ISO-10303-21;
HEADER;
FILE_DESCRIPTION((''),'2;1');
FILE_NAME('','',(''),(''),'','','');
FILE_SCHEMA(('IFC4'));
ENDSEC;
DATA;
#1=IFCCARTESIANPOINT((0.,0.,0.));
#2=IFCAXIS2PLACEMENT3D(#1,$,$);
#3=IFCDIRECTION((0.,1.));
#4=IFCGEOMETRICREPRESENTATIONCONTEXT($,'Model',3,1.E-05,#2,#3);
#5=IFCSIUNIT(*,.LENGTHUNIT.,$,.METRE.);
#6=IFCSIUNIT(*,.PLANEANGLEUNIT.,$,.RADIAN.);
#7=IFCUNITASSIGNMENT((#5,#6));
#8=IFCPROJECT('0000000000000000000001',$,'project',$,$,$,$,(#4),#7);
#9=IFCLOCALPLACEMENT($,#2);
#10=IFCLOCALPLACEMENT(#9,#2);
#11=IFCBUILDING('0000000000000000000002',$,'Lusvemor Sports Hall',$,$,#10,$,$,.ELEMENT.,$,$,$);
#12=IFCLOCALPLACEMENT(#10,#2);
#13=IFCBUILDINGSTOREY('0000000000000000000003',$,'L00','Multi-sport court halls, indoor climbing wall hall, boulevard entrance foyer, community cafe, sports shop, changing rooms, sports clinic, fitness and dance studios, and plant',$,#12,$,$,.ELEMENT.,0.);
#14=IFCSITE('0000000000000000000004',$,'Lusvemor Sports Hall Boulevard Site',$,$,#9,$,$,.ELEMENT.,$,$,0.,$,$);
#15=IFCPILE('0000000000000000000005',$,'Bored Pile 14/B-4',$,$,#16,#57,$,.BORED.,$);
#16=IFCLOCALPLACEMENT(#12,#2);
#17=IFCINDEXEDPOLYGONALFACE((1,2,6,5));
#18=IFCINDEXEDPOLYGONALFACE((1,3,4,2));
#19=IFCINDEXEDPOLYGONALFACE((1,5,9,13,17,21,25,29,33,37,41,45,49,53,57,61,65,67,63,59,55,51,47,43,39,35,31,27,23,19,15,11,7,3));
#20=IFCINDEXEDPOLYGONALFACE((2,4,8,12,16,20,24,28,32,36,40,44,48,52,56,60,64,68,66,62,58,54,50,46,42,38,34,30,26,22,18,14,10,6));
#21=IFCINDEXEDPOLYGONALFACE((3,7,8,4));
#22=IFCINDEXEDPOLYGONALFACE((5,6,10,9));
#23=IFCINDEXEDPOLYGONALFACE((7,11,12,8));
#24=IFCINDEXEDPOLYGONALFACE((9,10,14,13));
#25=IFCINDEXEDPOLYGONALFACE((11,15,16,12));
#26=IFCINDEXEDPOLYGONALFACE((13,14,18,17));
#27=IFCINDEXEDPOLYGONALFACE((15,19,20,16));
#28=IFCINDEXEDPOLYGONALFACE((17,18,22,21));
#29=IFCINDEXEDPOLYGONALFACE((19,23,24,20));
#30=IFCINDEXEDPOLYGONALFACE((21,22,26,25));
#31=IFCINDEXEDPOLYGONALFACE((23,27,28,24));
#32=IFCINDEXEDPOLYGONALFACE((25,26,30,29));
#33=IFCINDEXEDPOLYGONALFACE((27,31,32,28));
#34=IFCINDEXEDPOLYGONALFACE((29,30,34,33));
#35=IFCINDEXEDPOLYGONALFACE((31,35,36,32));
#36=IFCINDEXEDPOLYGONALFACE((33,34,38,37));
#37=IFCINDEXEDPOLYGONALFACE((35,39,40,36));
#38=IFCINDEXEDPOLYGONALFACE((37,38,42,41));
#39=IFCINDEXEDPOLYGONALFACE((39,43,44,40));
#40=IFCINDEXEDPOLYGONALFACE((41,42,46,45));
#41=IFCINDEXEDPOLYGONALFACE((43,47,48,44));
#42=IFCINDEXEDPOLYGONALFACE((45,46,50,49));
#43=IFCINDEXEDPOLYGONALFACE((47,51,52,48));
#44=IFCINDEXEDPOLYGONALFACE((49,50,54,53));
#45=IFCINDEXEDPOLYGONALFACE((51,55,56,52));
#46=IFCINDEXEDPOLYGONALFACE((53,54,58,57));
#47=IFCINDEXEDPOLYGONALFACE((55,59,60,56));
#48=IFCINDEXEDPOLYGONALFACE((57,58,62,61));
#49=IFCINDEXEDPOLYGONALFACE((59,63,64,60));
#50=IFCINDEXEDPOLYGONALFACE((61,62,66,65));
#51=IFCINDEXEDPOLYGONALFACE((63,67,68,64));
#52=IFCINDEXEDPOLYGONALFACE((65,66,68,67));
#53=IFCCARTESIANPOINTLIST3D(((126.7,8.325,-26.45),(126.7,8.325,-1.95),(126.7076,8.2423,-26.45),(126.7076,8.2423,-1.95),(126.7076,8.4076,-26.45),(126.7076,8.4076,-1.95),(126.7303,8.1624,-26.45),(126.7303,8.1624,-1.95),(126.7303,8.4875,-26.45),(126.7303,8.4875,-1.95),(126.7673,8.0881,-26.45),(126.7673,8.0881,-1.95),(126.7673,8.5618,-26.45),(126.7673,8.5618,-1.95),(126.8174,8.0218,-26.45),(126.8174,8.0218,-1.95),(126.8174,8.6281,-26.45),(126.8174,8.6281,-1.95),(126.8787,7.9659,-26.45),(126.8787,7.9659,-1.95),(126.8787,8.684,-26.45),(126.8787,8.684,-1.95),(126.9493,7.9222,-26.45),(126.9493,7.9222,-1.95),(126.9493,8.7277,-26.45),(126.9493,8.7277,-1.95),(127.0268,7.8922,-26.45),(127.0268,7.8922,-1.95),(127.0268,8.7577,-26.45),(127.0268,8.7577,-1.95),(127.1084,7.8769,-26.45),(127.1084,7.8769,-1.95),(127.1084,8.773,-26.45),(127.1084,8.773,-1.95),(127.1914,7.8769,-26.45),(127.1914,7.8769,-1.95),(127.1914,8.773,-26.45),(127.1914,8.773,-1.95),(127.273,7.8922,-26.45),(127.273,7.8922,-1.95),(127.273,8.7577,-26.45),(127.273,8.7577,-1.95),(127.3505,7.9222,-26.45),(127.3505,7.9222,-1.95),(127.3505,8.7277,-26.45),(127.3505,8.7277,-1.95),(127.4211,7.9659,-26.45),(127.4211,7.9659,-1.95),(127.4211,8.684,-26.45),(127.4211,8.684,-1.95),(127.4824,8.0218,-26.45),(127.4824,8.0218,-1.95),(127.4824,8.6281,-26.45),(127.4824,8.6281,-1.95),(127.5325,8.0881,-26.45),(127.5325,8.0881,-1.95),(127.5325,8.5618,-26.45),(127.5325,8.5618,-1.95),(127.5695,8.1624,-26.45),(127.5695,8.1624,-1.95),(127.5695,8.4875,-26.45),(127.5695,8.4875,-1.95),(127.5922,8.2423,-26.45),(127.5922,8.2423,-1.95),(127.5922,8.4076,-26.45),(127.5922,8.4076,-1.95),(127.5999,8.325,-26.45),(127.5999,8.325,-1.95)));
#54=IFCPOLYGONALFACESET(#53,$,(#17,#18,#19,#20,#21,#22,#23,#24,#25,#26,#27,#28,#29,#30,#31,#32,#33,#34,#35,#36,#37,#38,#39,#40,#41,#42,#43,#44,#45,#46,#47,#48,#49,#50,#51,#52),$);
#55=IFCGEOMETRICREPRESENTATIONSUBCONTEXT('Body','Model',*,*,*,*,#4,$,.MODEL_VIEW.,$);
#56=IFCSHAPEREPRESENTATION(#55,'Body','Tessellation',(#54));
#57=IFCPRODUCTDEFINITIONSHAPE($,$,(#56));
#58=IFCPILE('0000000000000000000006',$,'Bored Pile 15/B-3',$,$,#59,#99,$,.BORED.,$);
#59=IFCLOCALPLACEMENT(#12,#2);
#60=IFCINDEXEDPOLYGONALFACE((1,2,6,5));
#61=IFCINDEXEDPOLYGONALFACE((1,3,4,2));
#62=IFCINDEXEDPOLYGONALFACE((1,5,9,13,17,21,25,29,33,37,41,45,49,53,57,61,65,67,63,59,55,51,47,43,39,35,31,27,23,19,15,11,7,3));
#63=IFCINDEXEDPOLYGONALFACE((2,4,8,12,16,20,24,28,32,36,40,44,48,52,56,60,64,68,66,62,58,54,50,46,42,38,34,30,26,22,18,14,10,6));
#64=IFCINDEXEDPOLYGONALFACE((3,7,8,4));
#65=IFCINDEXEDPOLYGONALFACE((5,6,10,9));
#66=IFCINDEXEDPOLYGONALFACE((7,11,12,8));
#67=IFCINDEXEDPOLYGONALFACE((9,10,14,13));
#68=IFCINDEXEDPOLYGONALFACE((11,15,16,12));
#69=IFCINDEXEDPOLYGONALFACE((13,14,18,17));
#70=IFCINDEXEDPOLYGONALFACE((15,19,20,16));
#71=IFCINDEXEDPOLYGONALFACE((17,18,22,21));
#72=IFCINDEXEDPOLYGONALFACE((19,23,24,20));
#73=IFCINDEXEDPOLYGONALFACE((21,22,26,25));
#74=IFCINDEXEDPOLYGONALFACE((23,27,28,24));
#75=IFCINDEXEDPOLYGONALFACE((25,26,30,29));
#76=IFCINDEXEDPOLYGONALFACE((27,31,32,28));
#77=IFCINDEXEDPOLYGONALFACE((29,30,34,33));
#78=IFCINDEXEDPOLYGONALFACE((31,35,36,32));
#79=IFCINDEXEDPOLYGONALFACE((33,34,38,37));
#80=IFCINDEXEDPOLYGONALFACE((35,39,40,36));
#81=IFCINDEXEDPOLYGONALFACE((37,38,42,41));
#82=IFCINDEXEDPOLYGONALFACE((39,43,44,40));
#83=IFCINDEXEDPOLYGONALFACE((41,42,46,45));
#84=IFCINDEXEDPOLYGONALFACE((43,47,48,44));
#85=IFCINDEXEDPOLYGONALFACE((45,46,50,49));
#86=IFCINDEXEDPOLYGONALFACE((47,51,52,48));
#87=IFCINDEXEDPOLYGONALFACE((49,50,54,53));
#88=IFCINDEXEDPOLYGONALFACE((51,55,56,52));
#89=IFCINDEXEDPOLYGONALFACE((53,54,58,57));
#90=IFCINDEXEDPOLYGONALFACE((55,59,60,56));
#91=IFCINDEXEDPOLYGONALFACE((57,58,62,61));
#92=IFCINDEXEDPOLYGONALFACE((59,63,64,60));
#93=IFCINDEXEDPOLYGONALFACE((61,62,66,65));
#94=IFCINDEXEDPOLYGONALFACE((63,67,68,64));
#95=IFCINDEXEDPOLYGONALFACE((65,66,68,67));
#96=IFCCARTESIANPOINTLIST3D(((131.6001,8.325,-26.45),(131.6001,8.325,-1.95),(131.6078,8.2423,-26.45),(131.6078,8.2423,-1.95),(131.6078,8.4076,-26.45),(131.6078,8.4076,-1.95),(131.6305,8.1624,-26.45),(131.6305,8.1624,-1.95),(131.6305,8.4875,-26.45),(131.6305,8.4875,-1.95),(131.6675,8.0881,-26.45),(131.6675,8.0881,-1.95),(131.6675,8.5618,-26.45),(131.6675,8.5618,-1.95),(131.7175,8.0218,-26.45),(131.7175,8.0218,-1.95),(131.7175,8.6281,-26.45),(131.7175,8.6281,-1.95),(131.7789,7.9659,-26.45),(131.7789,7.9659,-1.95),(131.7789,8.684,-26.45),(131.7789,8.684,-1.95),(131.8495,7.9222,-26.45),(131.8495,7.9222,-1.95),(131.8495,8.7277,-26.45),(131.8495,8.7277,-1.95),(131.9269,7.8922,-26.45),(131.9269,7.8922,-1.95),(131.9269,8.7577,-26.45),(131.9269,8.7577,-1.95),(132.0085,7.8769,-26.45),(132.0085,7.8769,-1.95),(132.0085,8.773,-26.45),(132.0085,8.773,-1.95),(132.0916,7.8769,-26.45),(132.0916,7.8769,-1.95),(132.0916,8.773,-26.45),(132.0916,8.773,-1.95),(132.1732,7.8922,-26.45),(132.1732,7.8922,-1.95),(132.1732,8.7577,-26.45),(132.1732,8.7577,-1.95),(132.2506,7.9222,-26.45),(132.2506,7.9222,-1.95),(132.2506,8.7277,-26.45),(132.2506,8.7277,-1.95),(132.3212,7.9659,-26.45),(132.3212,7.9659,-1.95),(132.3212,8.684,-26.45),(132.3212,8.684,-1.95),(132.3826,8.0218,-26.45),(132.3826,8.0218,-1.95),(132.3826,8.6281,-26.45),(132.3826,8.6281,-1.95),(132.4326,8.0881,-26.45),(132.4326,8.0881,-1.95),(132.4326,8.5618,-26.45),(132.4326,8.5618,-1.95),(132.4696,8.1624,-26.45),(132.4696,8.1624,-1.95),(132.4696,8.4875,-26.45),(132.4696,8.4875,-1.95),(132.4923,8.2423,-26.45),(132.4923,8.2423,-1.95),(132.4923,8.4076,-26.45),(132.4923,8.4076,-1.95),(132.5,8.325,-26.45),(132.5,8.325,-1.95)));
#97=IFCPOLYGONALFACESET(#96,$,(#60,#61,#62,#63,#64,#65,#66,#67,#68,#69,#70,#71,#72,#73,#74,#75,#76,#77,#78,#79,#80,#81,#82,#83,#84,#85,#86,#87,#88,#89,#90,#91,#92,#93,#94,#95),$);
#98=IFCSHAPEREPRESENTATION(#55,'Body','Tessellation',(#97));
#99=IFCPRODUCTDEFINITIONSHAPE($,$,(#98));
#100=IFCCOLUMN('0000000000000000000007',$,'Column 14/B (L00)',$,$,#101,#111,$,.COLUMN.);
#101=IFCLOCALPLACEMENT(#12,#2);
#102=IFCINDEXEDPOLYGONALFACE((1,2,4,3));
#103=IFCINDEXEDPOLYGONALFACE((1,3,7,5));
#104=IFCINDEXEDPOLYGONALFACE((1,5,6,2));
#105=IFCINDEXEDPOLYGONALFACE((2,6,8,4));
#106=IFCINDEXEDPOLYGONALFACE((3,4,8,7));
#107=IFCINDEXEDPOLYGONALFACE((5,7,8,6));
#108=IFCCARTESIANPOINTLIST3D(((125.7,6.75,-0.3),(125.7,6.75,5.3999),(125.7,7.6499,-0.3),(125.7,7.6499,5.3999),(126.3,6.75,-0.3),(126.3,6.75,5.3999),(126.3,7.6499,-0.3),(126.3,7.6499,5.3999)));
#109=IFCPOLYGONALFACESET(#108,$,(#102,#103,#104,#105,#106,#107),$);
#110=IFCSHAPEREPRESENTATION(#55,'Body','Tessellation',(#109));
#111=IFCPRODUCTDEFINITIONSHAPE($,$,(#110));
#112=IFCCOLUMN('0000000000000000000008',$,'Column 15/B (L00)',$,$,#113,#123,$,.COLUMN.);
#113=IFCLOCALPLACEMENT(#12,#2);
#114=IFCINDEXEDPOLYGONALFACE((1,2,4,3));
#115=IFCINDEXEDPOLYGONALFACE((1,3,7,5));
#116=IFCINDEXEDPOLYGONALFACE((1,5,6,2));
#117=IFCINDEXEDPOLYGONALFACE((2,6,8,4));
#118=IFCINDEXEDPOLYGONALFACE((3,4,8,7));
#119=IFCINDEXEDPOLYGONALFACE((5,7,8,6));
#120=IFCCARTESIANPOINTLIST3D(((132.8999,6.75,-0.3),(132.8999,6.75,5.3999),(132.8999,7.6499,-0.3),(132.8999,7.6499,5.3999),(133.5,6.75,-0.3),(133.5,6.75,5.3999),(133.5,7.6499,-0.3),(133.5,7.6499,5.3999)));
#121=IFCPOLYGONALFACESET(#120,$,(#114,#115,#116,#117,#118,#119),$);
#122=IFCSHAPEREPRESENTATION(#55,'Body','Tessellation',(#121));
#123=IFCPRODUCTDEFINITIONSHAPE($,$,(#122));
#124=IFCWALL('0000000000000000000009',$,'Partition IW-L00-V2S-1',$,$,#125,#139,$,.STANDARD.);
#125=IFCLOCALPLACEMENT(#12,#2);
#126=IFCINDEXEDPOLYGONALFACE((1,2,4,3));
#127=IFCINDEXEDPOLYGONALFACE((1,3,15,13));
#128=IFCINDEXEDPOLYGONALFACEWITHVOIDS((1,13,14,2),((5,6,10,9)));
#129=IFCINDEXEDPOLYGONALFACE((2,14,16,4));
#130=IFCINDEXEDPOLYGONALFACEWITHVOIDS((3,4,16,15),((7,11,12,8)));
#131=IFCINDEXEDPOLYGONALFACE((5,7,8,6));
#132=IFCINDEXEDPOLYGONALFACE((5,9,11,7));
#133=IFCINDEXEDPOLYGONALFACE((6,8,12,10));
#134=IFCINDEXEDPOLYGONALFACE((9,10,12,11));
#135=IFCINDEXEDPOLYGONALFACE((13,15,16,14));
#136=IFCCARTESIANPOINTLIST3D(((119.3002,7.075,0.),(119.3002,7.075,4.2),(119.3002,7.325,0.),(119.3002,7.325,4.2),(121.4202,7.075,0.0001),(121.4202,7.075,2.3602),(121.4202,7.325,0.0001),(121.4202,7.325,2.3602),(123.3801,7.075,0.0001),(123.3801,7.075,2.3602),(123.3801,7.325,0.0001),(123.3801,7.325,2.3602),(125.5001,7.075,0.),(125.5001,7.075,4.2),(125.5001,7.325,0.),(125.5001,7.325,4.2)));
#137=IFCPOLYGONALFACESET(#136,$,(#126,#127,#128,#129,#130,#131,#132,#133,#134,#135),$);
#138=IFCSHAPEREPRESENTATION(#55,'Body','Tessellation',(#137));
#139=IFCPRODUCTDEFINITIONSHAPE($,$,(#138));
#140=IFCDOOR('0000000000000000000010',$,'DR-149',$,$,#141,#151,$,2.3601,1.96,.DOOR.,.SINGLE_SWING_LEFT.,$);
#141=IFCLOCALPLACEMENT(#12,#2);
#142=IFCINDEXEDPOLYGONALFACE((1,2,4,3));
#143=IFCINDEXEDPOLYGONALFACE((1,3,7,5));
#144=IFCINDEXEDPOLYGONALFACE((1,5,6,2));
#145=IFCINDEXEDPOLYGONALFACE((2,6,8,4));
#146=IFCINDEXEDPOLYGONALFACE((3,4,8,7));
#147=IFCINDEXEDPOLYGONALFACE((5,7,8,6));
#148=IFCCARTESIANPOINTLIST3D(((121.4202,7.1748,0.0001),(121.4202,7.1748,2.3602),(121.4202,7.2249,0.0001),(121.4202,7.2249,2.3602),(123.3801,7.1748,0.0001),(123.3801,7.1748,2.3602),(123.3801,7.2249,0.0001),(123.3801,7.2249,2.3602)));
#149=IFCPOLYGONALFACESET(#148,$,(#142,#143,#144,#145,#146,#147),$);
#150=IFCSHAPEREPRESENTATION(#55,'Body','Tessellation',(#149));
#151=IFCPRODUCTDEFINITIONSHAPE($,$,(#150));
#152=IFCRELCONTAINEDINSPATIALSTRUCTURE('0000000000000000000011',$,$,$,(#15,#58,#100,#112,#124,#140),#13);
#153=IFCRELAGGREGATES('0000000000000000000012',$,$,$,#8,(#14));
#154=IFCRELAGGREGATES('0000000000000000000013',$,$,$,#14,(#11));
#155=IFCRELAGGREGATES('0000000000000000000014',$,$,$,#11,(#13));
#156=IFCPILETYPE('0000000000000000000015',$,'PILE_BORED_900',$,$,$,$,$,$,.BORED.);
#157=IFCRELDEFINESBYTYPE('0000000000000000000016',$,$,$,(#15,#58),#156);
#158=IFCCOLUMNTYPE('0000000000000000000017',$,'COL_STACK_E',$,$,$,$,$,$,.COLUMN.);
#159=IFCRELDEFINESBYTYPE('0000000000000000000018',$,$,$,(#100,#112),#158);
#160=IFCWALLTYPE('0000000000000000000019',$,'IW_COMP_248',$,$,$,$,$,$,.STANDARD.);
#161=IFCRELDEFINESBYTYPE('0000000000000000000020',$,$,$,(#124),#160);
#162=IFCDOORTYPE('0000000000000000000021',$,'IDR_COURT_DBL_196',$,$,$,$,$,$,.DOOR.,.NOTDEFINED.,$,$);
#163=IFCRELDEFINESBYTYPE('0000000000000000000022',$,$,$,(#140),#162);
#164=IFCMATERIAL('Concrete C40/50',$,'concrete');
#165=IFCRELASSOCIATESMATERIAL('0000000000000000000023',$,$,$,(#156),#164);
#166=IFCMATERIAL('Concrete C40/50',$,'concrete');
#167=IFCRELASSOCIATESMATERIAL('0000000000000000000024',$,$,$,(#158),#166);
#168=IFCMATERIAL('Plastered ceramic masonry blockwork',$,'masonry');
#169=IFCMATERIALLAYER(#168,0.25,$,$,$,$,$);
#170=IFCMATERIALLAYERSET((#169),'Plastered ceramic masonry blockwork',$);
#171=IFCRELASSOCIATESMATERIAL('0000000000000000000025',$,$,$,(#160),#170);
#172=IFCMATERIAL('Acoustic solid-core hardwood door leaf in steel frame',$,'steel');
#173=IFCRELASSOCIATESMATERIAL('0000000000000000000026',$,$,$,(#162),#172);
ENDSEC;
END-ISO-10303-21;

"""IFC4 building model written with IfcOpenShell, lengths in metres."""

from ifc_helpers import new_model, si_unit, direction, frame, frame_2d, origin, origin_2d, place, context, subcontext, project, spatial, rectangle, circle, extrude, material, layer, layer_set, material_profile, profile_set, type_object, element, fill, save


model = new_model("IFC4")

# Units and contexts
model_context = context("Model", 3, precision=1e-05, world=origin(), true_north=direction((0.0, 1.0)))
body_context = subcontext(model_context, "Body", "Model", "MODEL_VIEW")
ifc_project = project(units=[si_unit("LENGTHUNIT", "METRE"), si_unit("PLANEANGLEUNIT", "RADIAN")], contexts=[model_context])

# Site, building, storey
site_placement = place(None, origin())
site = spatial("IfcSite", under=ifc_project, at=site_placement, Name="Lusvemor Sports Hall Boulevard Site", CompositionType="ELEMENT", RefElevation=0.0)
building_placement = place(site_placement, origin())
building = spatial("IfcBuilding", under=site, at=building_placement, Name="Lusvemor Sports Hall", CompositionType="ELEMENT")
storey_placement = place(building_placement, origin())
storey = spatial("IfcBuildingStorey", under=building, at=storey_placement, Name="L00", Description="Multi-sport court halls, indoor climbing wall hall, boulevard entrance foyer, community cafe, sports shop, changing rooms, sports clinic, fitness and dance studios, and plant", CompositionType="ELEMENT", Elevation=0.0)

# Piles
ifc_material_1 = material(Name="Concrete C40/50", Category="concrete")
ifc_material_profile_1 = material_profile(ifc_material_1, circle(Radius=0.45, at=origin_2d()), Name="PILE900")
ifc_profile_set_1 = profile_set([ifc_material_profile_1], Name="Concrete C40/50")
pile_type = type_object("IfcPileType", Name="PILE_BORED_900", PredefinedType="BORED", material=ifc_profile_set_1)
for number, where, z_axis, x_axis, name in (
    (1, (127.1499, 8.325, -1.95), (0.0, 0.0, -1.0), (1.0, 0.0, 0.0), "Bored Pile 14/B-4"),
    (2, (132.05, 8.325, -1.95), (0.0, 0.0, -1.0), (1.0, 0.0, 0.0), "Bored Pile 15/B-3"),
):
    element("IfcPile", number, at=place(storey_placement, frame(where, z_axis=z_axis, x_axis=x_axis)), inside=storey, type_object=pile_type, Name=name, PredefinedType="BORED", context=body_context, shape_type="SweptSolid", body=[
        extrude(circle(Radius=0.45, at=origin_2d()), origin(), (0.0, 0.0, 1.0), 24.5),
    ])

# Columns
ifc_material_2 = material(Name="Concrete C40/50", Category="concrete")
ifc_material_profile_2 = material_profile(ifc_material_2, rectangle(XDim=0.6001, YDim=0.8999, at=origin_2d()), Name="RC600x900")
ifc_profile_set_2 = profile_set([ifc_material_profile_2], Name="Concrete C40/50")
column_type = type_object("IfcColumnType", Name="COL_STACK_E", PredefinedType="COLUMN", material=ifc_profile_set_2)
for number, where, z_axis, x_axis, name in (
    (3, (126.0, 7.2, -0.3), (0.0, 0.0, 1.0), (1.0, 0.0, 0.0), "Column 14/B (L00)"),
    (4, (133.2, 7.2, -0.3), (0.0, 0.0, 1.0), (1.0, 0.0, 0.0), "Column 15/B (L00)"),
):
    element("IfcColumn", number, at=place(storey_placement, frame(where, z_axis=z_axis, x_axis=x_axis)), inside=storey, type_object=column_type, Name=name, PredefinedType="COLUMN", context=body_context, shape_type="SweptSolid", body=[
        extrude(rectangle(XDim=0.6001, YDim=0.8999, at=origin_2d()), origin(), (0.0, 0.0, 1.0), 5.7),
    ])

# Wall, opening, door
ifc_material_3 = material(Name="Plastered ceramic masonry blockwork", Category="masonry")
ifc_layer_1 = layer(ifc_material_3, 0.25)
ifc_layer_set_1 = layer_set([ifc_layer_1], Name="Plastered ceramic masonry blockwork")
wall_type_1 = type_object("IfcWallType", Name="IW_COMP_248", PredefinedType="STANDARD", material=ifc_layer_set_1)
wall_1_placement = place(storey_placement, frame((119.3, 7.2, 0.0), z_axis=(0.0, 0.0, 1.0), x_axis=(1.0, 0.0, 0.0)))
wall_1 = element("IfcWall", 5, at=wall_1_placement, inside=storey, type_object=wall_type_1, Name="Partition IW-L00-V2S-1", PredefinedType="STANDARD", context=body_context, shape_type="SweptSolid", body=[
    extrude(rectangle(XDim=6.2, YDim=0.25, at=frame_2d((3.1001, 0.0))), origin(), (0.0, 0.0, 1.0), 4.2),
])
opening_1_placement = place(wall_1_placement, frame((2.1201, 0.0, 0.0)))
opening_1 = element("IfcOpeningElement", 6, at=opening_1_placement, cuts=wall_1, PredefinedType="OPENING", context=body_context, shape_type="SweptSolid", body=[
    extrude(rectangle(XDim=1.96, YDim=2.3601, at=frame_2d((0.98, 1.1802))), frame((0.0, 0.125, 0.0), z_axis=(0.0, -1.0, 0.0), x_axis=(1.0, 0.0, 0.0)), (0.0, 0.0, 1.0), 0.25),
])
ifc_material_4 = material(Name="Acoustic solid-core hardwood door leaf in steel frame", Category="steel")
door_type_1 = type_object("IfcDoorType", Name="IDR_COURT_DBL_196", OperationType="NOTDEFINED", PredefinedType="DOOR", material=ifc_material_4)
door_1_placement = place(opening_1_placement, origin())
door_1 = element("IfcDoor", 7, at=door_1_placement, inside=storey, type_object=door_type_1, Name="DR-149", OperationType="SINGLE_SWING_LEFT", OverallHeight=2.3601, OverallWidth=1.96, PredefinedType="DOOR", context=body_context, shape_type="SweptSolid", body=[
    extrude(rectangle(XDim=1.96, YDim=2.3601, at=frame_2d((0.98, 1.1802))), frame((0.0, 0.0249, 0.0), z_axis=(0.0, -1.0, 0.0), x_axis=(1.0, 0.0, 0.0)), (0.0, 0.0, 1.0), 0.05),
])
fill(opening_1, door_1)

save(model, "model.ifc")
